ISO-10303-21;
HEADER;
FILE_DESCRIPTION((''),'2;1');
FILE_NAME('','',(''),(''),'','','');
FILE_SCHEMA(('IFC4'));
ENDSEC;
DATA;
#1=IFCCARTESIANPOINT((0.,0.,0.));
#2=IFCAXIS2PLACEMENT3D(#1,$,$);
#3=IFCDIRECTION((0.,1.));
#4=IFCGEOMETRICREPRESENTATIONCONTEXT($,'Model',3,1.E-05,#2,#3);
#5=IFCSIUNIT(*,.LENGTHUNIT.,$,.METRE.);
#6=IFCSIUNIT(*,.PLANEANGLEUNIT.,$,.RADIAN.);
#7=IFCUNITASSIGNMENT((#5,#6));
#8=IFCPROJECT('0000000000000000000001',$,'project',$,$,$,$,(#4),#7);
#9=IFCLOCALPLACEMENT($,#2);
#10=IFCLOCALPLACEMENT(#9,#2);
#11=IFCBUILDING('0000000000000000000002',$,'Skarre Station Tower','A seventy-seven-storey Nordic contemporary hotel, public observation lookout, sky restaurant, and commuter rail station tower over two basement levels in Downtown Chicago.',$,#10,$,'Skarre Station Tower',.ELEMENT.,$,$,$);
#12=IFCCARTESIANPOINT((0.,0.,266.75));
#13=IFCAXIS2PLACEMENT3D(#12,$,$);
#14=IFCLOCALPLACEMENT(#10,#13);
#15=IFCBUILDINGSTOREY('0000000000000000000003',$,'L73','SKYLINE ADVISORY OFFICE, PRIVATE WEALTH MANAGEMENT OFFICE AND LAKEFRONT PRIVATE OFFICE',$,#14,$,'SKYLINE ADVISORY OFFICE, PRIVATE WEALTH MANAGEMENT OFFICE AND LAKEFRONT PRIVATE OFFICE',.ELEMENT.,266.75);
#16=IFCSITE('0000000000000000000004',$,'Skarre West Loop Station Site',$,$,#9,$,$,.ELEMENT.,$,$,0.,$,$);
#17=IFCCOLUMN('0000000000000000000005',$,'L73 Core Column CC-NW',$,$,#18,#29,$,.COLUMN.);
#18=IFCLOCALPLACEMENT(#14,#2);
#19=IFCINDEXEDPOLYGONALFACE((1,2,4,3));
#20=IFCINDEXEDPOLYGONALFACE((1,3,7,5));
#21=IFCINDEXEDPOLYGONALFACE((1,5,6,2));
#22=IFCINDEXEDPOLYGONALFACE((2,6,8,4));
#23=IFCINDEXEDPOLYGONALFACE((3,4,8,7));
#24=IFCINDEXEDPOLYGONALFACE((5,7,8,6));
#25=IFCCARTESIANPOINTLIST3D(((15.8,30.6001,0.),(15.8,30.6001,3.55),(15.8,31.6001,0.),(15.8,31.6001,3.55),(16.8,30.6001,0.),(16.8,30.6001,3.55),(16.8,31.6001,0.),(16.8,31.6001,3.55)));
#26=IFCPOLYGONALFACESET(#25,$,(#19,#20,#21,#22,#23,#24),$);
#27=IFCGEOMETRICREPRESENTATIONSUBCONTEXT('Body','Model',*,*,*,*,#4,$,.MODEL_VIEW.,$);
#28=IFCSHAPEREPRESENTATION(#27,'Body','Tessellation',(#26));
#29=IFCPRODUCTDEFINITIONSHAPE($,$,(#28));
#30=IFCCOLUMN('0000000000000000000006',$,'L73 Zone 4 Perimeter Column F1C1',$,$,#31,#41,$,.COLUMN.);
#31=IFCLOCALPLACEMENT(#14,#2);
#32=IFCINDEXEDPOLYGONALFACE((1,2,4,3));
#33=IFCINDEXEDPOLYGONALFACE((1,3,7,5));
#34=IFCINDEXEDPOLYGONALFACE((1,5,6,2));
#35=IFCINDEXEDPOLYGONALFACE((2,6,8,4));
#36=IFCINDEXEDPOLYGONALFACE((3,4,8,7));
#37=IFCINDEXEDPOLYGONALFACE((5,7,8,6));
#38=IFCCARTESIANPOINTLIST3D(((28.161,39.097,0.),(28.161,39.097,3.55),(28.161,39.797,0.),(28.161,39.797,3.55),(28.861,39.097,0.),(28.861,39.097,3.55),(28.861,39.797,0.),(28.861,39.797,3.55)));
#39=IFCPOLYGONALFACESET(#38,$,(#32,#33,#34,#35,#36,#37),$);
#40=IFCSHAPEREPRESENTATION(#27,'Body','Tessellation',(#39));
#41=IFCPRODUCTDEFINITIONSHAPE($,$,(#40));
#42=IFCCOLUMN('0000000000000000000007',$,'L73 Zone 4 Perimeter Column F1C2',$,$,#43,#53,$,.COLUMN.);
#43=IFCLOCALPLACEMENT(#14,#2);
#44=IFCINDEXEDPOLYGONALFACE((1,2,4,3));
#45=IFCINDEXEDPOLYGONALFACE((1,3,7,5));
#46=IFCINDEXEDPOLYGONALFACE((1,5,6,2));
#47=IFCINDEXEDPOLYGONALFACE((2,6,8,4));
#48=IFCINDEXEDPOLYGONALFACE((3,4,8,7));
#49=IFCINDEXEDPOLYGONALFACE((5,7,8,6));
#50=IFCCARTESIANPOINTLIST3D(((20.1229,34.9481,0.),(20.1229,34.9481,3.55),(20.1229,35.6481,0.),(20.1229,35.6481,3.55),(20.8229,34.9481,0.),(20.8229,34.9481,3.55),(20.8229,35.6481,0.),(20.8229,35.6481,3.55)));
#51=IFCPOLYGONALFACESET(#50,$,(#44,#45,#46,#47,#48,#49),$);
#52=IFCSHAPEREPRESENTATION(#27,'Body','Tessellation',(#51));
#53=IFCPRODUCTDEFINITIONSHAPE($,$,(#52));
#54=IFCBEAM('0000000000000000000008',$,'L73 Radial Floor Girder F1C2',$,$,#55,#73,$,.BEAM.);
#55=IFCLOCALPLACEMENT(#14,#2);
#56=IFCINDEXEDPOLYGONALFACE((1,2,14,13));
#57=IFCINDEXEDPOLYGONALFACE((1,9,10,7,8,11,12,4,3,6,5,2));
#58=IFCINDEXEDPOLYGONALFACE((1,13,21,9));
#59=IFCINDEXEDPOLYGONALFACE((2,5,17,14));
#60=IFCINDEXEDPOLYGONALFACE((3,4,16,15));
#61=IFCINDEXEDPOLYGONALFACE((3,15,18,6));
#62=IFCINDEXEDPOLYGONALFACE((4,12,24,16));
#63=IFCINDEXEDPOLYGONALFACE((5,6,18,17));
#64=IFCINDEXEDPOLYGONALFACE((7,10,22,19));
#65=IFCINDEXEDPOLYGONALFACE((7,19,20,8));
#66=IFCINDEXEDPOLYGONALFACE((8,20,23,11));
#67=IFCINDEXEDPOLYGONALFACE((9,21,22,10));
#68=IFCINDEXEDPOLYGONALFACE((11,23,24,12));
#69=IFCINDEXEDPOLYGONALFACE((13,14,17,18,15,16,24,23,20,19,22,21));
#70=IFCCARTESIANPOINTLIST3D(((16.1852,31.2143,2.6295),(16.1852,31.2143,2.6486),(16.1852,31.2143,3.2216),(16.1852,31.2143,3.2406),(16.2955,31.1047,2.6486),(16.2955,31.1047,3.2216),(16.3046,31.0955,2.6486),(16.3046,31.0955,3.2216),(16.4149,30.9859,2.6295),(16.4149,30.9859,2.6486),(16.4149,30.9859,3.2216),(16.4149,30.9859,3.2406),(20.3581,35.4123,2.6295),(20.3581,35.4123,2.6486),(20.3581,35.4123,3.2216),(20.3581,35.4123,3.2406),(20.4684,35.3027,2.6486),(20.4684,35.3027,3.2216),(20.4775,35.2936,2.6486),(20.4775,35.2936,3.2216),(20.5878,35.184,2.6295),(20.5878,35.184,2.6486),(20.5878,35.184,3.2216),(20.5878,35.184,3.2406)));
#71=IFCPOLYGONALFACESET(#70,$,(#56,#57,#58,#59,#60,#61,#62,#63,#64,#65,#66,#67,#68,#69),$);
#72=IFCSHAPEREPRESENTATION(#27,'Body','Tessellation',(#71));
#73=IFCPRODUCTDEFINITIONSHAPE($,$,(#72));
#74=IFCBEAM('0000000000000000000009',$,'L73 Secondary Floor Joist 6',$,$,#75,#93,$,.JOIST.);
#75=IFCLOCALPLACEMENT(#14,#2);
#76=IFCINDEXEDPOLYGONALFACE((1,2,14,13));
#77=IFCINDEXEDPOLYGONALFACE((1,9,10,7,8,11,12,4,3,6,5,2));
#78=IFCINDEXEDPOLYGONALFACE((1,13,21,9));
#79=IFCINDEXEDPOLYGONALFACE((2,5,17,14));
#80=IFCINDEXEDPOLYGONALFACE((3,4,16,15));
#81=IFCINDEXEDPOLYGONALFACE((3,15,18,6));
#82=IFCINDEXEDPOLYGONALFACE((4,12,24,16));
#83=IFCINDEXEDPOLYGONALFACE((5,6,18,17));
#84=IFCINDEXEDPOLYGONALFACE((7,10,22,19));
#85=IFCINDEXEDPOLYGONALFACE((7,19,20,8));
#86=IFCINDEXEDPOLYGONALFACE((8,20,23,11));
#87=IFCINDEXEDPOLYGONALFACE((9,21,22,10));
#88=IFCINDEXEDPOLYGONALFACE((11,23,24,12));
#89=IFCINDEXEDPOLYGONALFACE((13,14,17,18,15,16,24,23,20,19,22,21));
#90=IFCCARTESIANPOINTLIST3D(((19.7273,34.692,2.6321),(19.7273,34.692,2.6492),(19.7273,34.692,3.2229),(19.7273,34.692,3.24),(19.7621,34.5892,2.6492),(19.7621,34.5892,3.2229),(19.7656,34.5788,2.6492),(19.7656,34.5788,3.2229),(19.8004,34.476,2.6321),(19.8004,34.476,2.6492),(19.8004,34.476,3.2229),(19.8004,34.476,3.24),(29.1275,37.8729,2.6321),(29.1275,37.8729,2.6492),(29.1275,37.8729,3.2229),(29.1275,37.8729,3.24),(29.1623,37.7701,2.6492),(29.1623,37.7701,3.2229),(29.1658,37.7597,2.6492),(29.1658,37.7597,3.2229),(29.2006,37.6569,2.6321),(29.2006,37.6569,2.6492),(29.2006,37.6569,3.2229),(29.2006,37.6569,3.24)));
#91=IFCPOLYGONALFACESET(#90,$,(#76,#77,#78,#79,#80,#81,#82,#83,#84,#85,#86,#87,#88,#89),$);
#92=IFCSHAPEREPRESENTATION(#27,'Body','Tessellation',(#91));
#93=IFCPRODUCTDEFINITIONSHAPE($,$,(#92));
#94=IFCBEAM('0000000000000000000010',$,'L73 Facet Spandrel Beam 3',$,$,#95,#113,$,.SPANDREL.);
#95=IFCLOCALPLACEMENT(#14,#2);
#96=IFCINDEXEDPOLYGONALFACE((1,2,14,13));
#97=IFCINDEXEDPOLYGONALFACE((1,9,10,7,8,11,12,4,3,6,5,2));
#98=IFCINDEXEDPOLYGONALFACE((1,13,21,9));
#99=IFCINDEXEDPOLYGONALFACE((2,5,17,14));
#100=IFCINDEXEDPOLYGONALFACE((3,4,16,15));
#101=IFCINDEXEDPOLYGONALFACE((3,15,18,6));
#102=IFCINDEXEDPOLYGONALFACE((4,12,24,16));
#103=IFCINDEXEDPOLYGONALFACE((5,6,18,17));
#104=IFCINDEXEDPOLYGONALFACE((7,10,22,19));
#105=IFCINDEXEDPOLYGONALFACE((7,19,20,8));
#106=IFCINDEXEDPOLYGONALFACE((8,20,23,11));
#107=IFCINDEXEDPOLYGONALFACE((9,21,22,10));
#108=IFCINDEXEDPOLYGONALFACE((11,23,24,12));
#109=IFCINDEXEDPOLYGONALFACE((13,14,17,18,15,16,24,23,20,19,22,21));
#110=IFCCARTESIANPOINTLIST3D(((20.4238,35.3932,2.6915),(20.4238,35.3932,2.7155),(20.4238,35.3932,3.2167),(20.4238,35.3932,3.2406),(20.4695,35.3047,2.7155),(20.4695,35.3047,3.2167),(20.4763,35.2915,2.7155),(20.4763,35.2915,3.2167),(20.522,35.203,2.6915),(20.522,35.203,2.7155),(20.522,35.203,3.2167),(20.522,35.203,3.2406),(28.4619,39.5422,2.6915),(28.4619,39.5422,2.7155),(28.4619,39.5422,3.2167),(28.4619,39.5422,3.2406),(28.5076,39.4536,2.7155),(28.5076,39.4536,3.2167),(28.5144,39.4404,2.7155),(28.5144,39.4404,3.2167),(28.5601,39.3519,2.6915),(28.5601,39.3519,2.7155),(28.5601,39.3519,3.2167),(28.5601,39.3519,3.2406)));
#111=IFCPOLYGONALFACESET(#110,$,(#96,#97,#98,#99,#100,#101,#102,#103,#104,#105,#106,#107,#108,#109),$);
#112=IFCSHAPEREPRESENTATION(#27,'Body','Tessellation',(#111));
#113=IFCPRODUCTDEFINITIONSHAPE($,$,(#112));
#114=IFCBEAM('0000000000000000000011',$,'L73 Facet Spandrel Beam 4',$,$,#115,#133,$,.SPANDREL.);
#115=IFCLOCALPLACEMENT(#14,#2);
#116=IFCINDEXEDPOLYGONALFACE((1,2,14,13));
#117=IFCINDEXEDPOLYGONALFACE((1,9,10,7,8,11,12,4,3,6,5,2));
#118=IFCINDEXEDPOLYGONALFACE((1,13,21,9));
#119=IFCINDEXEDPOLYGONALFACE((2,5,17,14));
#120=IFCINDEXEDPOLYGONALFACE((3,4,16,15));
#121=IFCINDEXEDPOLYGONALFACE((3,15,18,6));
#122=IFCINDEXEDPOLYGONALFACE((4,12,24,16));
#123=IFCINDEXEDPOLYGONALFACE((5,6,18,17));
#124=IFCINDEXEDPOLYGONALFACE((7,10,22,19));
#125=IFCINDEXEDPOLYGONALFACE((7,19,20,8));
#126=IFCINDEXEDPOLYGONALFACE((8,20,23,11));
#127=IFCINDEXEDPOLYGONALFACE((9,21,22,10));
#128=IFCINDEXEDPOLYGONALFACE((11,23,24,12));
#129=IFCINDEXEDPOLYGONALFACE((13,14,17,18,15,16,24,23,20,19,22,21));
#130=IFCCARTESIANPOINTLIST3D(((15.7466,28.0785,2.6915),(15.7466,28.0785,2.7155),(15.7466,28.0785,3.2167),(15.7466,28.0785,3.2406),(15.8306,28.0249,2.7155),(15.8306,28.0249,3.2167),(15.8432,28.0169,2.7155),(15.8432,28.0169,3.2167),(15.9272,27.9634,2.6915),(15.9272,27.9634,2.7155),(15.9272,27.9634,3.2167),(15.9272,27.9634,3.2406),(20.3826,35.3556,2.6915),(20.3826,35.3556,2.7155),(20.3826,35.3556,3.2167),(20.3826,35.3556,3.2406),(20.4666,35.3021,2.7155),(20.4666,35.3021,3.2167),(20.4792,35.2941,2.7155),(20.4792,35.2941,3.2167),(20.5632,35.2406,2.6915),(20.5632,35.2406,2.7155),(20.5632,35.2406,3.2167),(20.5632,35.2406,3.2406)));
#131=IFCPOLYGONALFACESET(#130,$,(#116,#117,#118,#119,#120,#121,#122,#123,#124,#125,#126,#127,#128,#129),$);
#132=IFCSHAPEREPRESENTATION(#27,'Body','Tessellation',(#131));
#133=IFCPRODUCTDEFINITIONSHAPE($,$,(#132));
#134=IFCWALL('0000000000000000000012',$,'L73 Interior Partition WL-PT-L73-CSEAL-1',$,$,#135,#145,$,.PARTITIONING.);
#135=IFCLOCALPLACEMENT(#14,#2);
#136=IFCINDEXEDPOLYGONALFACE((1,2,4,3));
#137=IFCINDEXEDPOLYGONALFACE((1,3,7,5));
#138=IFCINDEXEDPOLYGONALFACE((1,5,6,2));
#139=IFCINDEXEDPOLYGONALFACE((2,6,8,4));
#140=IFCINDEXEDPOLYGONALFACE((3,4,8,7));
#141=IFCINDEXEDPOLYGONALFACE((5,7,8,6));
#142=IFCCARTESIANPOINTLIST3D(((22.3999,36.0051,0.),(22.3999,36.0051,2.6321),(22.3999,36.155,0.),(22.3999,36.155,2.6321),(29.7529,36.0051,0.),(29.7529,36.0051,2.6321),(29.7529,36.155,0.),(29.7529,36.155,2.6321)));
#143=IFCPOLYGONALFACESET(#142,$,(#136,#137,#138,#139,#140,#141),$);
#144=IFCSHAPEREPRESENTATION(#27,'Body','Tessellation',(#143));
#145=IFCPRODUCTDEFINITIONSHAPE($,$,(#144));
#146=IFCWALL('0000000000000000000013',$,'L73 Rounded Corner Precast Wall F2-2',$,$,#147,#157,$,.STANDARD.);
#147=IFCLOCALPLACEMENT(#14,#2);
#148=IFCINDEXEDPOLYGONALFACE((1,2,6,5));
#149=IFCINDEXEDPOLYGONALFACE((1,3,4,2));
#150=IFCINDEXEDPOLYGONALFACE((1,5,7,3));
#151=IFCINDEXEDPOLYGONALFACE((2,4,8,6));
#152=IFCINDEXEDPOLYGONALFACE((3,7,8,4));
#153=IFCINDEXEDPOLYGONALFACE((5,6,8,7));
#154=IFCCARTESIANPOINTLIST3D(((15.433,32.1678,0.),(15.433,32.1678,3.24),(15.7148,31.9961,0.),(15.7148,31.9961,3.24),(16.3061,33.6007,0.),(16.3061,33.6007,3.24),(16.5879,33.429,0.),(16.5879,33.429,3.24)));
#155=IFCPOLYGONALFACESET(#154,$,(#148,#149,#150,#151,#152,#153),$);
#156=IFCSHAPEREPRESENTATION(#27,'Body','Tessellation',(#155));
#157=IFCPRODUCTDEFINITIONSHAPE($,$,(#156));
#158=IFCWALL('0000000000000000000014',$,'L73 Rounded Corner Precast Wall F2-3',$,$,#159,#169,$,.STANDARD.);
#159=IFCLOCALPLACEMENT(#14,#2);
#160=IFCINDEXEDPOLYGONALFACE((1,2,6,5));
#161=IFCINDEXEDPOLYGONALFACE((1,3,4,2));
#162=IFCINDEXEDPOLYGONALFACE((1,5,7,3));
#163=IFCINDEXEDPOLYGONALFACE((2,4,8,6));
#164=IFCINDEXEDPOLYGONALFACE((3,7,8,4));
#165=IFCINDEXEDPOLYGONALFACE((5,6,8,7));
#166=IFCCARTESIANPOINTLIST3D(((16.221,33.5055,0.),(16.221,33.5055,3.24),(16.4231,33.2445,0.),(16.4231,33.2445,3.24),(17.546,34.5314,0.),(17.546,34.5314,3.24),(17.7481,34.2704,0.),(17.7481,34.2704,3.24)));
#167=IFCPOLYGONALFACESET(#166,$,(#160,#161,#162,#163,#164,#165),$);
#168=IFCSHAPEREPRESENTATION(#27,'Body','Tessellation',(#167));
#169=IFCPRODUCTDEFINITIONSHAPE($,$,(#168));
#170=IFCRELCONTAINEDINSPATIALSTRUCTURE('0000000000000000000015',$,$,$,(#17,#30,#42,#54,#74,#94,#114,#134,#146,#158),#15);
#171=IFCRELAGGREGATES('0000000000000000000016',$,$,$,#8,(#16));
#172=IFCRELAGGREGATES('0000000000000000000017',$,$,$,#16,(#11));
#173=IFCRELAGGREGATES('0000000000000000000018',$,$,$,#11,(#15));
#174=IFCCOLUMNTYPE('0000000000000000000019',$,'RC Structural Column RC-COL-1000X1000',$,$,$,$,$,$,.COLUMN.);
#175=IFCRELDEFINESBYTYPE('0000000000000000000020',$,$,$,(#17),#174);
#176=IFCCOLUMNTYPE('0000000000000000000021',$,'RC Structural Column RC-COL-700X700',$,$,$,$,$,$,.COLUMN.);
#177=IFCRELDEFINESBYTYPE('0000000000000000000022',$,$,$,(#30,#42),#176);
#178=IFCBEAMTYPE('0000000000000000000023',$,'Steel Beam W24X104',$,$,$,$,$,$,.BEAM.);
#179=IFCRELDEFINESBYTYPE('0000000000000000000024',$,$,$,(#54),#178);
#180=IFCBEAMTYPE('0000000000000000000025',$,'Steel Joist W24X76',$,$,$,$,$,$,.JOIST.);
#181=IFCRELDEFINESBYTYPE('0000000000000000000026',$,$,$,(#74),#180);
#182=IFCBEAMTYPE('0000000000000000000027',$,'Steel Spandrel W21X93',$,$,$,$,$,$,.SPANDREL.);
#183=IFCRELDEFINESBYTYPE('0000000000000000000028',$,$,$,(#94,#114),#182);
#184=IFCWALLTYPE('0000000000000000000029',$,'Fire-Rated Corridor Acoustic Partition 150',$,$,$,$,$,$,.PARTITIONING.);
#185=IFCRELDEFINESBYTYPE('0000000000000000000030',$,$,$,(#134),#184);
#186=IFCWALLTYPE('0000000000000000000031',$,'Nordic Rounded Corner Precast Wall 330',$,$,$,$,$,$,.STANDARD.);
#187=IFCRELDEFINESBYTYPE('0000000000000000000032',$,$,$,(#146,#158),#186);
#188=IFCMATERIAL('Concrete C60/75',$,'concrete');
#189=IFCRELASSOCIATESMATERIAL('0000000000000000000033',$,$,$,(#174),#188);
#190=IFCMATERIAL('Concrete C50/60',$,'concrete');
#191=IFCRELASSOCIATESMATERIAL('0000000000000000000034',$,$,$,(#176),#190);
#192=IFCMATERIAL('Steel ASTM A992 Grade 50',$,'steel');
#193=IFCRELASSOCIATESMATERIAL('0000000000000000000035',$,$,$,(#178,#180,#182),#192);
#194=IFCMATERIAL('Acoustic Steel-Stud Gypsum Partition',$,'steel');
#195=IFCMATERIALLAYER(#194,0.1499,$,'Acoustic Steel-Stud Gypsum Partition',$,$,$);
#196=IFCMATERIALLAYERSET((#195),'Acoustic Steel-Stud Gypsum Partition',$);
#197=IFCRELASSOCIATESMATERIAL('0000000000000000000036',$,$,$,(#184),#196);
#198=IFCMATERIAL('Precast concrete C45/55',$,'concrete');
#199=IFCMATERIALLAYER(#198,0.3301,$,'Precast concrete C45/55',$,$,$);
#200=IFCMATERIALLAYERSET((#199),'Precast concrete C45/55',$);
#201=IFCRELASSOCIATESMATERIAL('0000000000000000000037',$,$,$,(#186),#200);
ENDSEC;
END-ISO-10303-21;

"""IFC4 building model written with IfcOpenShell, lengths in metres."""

from ifc_helpers import new_model, si_unit, direction, frame, frame_2d, origin, origin_2d, place, context, subcontext, project, spatial, rectangle, i_section, extrude, material, layer, layer_set, material_profile, profile_set, type_object, element, save


model = new_model("IFC4")

# Units and contexts
model_context = context("Model", 3, precision=1e-05, world=origin(), true_north=direction((0.0, 1.0)))
body_context = subcontext(model_context, "Body", "Model", "MODEL_VIEW")
ifc_project = project(units=[si_unit("LENGTHUNIT", "METRE"), si_unit("PLANEANGLEUNIT", "RADIAN")], contexts=[model_context])

# Site, building, storey
site_placement = place(None, origin())
site = spatial("IfcSite", under=ifc_project, at=site_placement, Name="Skarre West Loop Station Site", CompositionType="ELEMENT", RefElevation=0.0)
building_placement = place(site_placement, origin())
building = spatial("IfcBuilding", under=site, at=building_placement, Name="Skarre Station Tower", Description="A seventy-seven-storey Nordic contemporary hotel, public observation lookout, sky restaurant, and commuter rail station tower over two basement levels in Downtown Chicago.", LongName="Skarre Station Tower", CompositionType="ELEMENT")
storey_placement = place(building_placement, frame((0.0, 0.0, 266.75)))
storey = spatial("IfcBuildingStorey", under=building, at=storey_placement, Name="L73", Description="SKYLINE ADVISORY OFFICE, PRIVATE WEALTH MANAGEMENT OFFICE AND LAKEFRONT PRIVATE OFFICE", LongName="SKYLINE ADVISORY OFFICE, PRIVATE WEALTH MANAGEMENT OFFICE AND LAKEFRONT PRIVATE OFFICE", CompositionType="ELEMENT", Elevation=266.75)

# Columns
ifc_material_1 = material(Name="Concrete C60/75", Category="concrete")
ifc_material_profile_1 = material_profile(ifc_material_1, rectangle(XDim=1.0, YDim=1.0, at=origin_2d()), Name="Concrete C60/75")
ifc_profile_set_1 = profile_set([ifc_material_profile_1], Name="Concrete C60/75")
column_type_1 = type_object("IfcColumnType", Name="RC Structural Column RC-COL-1000X1000", PredefinedType="COLUMN", material=ifc_profile_set_1)
column_placement = place(storey_placement, frame((16.3, 31.1001, 0.0), z_axis=(0.0, 0.0, 1.0), x_axis=(1.0, 0.0, 0.0)))
element("IfcColumn", 1, at=column_placement, inside=storey, type_object=column_type_1, Name="L73 Core Column CC-NW", PredefinedType="COLUMN", context=body_context, shape_type="SweptSolid", body=[
    extrude(rectangle(XDim=1.0, YDim=1.0, at=origin_2d()), origin(), (0.0, 0.0, 1.0), 3.55),
])
ifc_material_2 = material(Name="Concrete C50/60", Category="concrete")
ifc_material_profile_2 = material_profile(ifc_material_2, rectangle(XDim=0.7, YDim=0.7, at=origin_2d()), Name="Concrete C50/60")
ifc_profile_set_2 = profile_set([ifc_material_profile_2], Name="Concrete C50/60")
column_type_2 = type_object("IfcColumnType", Name="RC Structural Column RC-COL-700X700", PredefinedType="COLUMN", material=ifc_profile_set_2)
for number, where, z_axis, x_axis, name in (
    (2, (28.511, 39.447, 0.0), (0.0, 0.0, 1.0), (1.0, 0.0, 0.0), "L73 Zone 4 Perimeter Column F1C1"),
    (3, (20.4729, 35.2981, 0.0), (0.0, 0.0, 1.0), (1.0, 0.0, 0.0), "L73 Zone 4 Perimeter Column F1C2"),
):
    element("IfcColumn", number, at=place(storey_placement, frame(where, z_axis=z_axis, x_axis=x_axis)), inside=storey, type_object=column_type_2, Name=name, PredefinedType="COLUMN", context=body_context, shape_type="SweptSolid", body=[
        extrude(rectangle(XDim=0.7, YDim=0.7, at=origin_2d()), origin(), (0.0, 0.0, 1.0), 3.55),
    ])

# Beams
ifc_material_3 = material(Name="Steel ASTM A992 Grade 50", Category="steel")
ifc_material_profile_3 = material_profile(ifc_material_3, i_section(OverallWidth=0.324, OverallDepth=0.6111, WebThickness=0.0129, FlangeThickness=0.019, at=origin_2d()), Name="Steel ASTM A992 Grade 50")
ifc_profile_set_3 = profile_set([ifc_material_profile_3], Name="Steel ASTM A992 Grade 50")
beam_type_1 = type_object("IfcBeamType", Name="Steel Beam W24X104", PredefinedType="BEAM", material=ifc_profile_set_3)
beam_1_placement = place(storey_placement, frame((16.3, 31.1001, 2.9351), z_axis=(0.704979, 0.709228, 0.0), x_axis=(-0.709228, 0.704979, 0.0)))
element("IfcBeam", 4, at=beam_1_placement, inside=storey, type_object=beam_type_1, Name="L73 Radial Floor Girder F1C2", PredefinedType="BEAM", context=body_context, shape_type="SweptSolid", body=[
    extrude(i_section(OverallWidth=0.324, OverallDepth=0.6111, WebThickness=0.0129, FlangeThickness=0.019, at=origin_2d()), origin(), (0.0, 0.0, 1.0), 5.9192),
])
ifc_material_profile_4 = material_profile(ifc_material_3, i_section(OverallWidth=0.228, OverallDepth=0.6079, WebThickness=0.011, FlangeThickness=0.0171, at=origin_2d()), Name="Steel ASTM A992 Grade 50")
ifc_profile_set_4 = profile_set([ifc_material_profile_4], Name="Steel ASTM A992 Grade 50")
beam_type_2 = type_object("IfcBeamType", Name="Steel Joist W24X76", PredefinedType="JOIST", material=ifc_profile_set_4)
beam_2_placement = place(storey_placement, frame((29.1641, 37.7649, 2.936), z_axis=(-0.947237, -0.320535, 0.0), x_axis=(0.320535, -0.947237, 0.0)))
element("IfcBeam", 5, at=beam_2_placement, inside=storey, type_object=beam_type_2, Name="L73 Secondary Floor Joist 6", PredefinedType="JOIST", context=body_context, shape_type="SweptSolid", body=[
    extrude(i_section(OverallWidth=0.228, OverallDepth=0.6079, WebThickness=0.011, FlangeThickness=0.0171, at=origin_2d()), origin(), (0.0, 0.0, 1.0), 9.9238),
])
ifc_material_profile_5 = material_profile(ifc_material_3, i_section(OverallWidth=0.2141, OverallDepth=0.5491, WebThickness=0.0149, FlangeThickness=0.0239, at=origin_2d()), Name="Steel ASTM A992 Grade 50")
ifc_profile_set_5 = profile_set([ifc_material_profile_5], Name="Steel ASTM A992 Grade 50")
beam_type_3 = type_object("IfcBeamType", Name="Steel Spandrel W21X93", PredefinedType="SPANDREL", material=ifc_profile_set_5)
beam_3_placement = place(storey_placement, frame((28.511, 39.447, 2.9661), z_axis=(-0.88861, -0.458664, 0.0), x_axis=(0.458664, -0.88861, 0.0)))
element("IfcBeam", 6, at=beam_3_placement, inside=storey, type_object=beam_type_3, Name="L73 Facet Spandrel Beam 3", PredefinedType="SPANDREL", context=body_context, shape_type="SweptSolid", body=[
    extrude(i_section(OverallWidth=0.2141, OverallDepth=0.5491, WebThickness=0.0149, FlangeThickness=0.0239, at=origin_2d()), origin(), (0.0, 0.0, 1.0), 9.0457),
])
beam_4_placement = place(storey_placement, frame((20.4729, 35.2981, 2.9661), z_axis=(-0.537297, -0.843393, 0.0), x_axis=(0.843393, -0.537297, 0.0)))
element("IfcBeam", 7, at=beam_4_placement, inside=storey, type_object=beam_type_3, Name="L73 Facet Spandrel Beam 4", PredefinedType="SPANDREL", context=body_context, shape_type="SweptSolid", body=[
    extrude(i_section(OverallWidth=0.2141, OverallDepth=0.5491, WebThickness=0.0149, FlangeThickness=0.0239, at=origin_2d()), origin(), (0.0, 0.0, 1.0), 8.6284),
])

# Walls
ifc_material_4 = material(Name="Acoustic Steel-Stud Gypsum Partition", Category="steel")
ifc_layer_1 = layer(ifc_material_4, 0.1499, Name="Acoustic Steel-Stud Gypsum Partition")
ifc_layer_set_1 = layer_set([ifc_layer_1], Name="Acoustic Steel-Stud Gypsum Partition")
wall_type_1 = type_object("IfcWallType", Name="Fire-Rated Corridor Acoustic Partition 150", PredefinedType="PARTITIONING", material=ifc_layer_set_1)
wall_1_placement = place(storey_placement, frame((29.7529, 36.0801, 0.0), z_axis=(0.0, 0.0, 1.0), x_axis=(-1.0, 0.0, 0.0)))
element("IfcWall", 8, at=wall_1_placement, inside=storey, type_object=wall_type_1, Name="L73 Interior Partition WL-PT-L73-CSEAL-1", PredefinedType="PARTITIONING", context=body_context, shape_type="SweptSolid", body=[
    extrude(rectangle(XDim=7.353, YDim=0.1499, at=frame_2d((3.6765, 0.0))), origin(), (0.0, 0.0, 1.0), 2.6321),
])
ifc_material_5 = material(Name="Precast concrete C45/55", Category="concrete")
ifc_layer_2 = layer(ifc_material_5, 0.3301, Name="Precast concrete C45/55")
ifc_layer_set_2 = layer_set([ifc_layer_2], Name="Precast concrete C45/55")
wall_type_2 = type_object("IfcWallType", Name="Nordic Rounded Corner Precast Wall 330", PredefinedType="STANDARD", material=ifc_layer_set_2)
wall_2_placement = place(storey_placement, frame((15.574, 32.082, 0.0), z_axis=(0.0, 0.0, 1.0), x_axis=(0.520325, 0.853968, 0.0)))
element("IfcWall", 9, at=wall_2_placement, inside=storey, type_object=wall_type_2, Name="L73 Rounded Corner Precast Wall F2-2", PredefinedType="STANDARD", context=body_context, shape_type="SweptSolid", body=[
    extrude(rectangle(XDim=1.678, YDim=0.3301, at=frame_2d((0.8389, 0.0))), origin(), (0.0, 0.0, 1.0), 3.24),
])
wall_3_placement = place(storey_placement, frame((16.322, 33.375, 0.0), z_axis=(0.0, 0.0, 1.0), x_axis=(0.790692, 0.612214, 0.0)))
element("IfcWall", 10, at=wall_3_placement, inside=storey, type_object=wall_type_2, Name="L73 Rounded Corner Precast Wall F2-3", PredefinedType="STANDARD", context=body_context, shape_type="SweptSolid", body=[
    extrude(rectangle(XDim=1.6758, YDim=0.3301, at=frame_2d((0.8379, 0.0))), origin(), (0.0, 0.0, 1.0), 3.24),
])

save(model, "model.ifc")
